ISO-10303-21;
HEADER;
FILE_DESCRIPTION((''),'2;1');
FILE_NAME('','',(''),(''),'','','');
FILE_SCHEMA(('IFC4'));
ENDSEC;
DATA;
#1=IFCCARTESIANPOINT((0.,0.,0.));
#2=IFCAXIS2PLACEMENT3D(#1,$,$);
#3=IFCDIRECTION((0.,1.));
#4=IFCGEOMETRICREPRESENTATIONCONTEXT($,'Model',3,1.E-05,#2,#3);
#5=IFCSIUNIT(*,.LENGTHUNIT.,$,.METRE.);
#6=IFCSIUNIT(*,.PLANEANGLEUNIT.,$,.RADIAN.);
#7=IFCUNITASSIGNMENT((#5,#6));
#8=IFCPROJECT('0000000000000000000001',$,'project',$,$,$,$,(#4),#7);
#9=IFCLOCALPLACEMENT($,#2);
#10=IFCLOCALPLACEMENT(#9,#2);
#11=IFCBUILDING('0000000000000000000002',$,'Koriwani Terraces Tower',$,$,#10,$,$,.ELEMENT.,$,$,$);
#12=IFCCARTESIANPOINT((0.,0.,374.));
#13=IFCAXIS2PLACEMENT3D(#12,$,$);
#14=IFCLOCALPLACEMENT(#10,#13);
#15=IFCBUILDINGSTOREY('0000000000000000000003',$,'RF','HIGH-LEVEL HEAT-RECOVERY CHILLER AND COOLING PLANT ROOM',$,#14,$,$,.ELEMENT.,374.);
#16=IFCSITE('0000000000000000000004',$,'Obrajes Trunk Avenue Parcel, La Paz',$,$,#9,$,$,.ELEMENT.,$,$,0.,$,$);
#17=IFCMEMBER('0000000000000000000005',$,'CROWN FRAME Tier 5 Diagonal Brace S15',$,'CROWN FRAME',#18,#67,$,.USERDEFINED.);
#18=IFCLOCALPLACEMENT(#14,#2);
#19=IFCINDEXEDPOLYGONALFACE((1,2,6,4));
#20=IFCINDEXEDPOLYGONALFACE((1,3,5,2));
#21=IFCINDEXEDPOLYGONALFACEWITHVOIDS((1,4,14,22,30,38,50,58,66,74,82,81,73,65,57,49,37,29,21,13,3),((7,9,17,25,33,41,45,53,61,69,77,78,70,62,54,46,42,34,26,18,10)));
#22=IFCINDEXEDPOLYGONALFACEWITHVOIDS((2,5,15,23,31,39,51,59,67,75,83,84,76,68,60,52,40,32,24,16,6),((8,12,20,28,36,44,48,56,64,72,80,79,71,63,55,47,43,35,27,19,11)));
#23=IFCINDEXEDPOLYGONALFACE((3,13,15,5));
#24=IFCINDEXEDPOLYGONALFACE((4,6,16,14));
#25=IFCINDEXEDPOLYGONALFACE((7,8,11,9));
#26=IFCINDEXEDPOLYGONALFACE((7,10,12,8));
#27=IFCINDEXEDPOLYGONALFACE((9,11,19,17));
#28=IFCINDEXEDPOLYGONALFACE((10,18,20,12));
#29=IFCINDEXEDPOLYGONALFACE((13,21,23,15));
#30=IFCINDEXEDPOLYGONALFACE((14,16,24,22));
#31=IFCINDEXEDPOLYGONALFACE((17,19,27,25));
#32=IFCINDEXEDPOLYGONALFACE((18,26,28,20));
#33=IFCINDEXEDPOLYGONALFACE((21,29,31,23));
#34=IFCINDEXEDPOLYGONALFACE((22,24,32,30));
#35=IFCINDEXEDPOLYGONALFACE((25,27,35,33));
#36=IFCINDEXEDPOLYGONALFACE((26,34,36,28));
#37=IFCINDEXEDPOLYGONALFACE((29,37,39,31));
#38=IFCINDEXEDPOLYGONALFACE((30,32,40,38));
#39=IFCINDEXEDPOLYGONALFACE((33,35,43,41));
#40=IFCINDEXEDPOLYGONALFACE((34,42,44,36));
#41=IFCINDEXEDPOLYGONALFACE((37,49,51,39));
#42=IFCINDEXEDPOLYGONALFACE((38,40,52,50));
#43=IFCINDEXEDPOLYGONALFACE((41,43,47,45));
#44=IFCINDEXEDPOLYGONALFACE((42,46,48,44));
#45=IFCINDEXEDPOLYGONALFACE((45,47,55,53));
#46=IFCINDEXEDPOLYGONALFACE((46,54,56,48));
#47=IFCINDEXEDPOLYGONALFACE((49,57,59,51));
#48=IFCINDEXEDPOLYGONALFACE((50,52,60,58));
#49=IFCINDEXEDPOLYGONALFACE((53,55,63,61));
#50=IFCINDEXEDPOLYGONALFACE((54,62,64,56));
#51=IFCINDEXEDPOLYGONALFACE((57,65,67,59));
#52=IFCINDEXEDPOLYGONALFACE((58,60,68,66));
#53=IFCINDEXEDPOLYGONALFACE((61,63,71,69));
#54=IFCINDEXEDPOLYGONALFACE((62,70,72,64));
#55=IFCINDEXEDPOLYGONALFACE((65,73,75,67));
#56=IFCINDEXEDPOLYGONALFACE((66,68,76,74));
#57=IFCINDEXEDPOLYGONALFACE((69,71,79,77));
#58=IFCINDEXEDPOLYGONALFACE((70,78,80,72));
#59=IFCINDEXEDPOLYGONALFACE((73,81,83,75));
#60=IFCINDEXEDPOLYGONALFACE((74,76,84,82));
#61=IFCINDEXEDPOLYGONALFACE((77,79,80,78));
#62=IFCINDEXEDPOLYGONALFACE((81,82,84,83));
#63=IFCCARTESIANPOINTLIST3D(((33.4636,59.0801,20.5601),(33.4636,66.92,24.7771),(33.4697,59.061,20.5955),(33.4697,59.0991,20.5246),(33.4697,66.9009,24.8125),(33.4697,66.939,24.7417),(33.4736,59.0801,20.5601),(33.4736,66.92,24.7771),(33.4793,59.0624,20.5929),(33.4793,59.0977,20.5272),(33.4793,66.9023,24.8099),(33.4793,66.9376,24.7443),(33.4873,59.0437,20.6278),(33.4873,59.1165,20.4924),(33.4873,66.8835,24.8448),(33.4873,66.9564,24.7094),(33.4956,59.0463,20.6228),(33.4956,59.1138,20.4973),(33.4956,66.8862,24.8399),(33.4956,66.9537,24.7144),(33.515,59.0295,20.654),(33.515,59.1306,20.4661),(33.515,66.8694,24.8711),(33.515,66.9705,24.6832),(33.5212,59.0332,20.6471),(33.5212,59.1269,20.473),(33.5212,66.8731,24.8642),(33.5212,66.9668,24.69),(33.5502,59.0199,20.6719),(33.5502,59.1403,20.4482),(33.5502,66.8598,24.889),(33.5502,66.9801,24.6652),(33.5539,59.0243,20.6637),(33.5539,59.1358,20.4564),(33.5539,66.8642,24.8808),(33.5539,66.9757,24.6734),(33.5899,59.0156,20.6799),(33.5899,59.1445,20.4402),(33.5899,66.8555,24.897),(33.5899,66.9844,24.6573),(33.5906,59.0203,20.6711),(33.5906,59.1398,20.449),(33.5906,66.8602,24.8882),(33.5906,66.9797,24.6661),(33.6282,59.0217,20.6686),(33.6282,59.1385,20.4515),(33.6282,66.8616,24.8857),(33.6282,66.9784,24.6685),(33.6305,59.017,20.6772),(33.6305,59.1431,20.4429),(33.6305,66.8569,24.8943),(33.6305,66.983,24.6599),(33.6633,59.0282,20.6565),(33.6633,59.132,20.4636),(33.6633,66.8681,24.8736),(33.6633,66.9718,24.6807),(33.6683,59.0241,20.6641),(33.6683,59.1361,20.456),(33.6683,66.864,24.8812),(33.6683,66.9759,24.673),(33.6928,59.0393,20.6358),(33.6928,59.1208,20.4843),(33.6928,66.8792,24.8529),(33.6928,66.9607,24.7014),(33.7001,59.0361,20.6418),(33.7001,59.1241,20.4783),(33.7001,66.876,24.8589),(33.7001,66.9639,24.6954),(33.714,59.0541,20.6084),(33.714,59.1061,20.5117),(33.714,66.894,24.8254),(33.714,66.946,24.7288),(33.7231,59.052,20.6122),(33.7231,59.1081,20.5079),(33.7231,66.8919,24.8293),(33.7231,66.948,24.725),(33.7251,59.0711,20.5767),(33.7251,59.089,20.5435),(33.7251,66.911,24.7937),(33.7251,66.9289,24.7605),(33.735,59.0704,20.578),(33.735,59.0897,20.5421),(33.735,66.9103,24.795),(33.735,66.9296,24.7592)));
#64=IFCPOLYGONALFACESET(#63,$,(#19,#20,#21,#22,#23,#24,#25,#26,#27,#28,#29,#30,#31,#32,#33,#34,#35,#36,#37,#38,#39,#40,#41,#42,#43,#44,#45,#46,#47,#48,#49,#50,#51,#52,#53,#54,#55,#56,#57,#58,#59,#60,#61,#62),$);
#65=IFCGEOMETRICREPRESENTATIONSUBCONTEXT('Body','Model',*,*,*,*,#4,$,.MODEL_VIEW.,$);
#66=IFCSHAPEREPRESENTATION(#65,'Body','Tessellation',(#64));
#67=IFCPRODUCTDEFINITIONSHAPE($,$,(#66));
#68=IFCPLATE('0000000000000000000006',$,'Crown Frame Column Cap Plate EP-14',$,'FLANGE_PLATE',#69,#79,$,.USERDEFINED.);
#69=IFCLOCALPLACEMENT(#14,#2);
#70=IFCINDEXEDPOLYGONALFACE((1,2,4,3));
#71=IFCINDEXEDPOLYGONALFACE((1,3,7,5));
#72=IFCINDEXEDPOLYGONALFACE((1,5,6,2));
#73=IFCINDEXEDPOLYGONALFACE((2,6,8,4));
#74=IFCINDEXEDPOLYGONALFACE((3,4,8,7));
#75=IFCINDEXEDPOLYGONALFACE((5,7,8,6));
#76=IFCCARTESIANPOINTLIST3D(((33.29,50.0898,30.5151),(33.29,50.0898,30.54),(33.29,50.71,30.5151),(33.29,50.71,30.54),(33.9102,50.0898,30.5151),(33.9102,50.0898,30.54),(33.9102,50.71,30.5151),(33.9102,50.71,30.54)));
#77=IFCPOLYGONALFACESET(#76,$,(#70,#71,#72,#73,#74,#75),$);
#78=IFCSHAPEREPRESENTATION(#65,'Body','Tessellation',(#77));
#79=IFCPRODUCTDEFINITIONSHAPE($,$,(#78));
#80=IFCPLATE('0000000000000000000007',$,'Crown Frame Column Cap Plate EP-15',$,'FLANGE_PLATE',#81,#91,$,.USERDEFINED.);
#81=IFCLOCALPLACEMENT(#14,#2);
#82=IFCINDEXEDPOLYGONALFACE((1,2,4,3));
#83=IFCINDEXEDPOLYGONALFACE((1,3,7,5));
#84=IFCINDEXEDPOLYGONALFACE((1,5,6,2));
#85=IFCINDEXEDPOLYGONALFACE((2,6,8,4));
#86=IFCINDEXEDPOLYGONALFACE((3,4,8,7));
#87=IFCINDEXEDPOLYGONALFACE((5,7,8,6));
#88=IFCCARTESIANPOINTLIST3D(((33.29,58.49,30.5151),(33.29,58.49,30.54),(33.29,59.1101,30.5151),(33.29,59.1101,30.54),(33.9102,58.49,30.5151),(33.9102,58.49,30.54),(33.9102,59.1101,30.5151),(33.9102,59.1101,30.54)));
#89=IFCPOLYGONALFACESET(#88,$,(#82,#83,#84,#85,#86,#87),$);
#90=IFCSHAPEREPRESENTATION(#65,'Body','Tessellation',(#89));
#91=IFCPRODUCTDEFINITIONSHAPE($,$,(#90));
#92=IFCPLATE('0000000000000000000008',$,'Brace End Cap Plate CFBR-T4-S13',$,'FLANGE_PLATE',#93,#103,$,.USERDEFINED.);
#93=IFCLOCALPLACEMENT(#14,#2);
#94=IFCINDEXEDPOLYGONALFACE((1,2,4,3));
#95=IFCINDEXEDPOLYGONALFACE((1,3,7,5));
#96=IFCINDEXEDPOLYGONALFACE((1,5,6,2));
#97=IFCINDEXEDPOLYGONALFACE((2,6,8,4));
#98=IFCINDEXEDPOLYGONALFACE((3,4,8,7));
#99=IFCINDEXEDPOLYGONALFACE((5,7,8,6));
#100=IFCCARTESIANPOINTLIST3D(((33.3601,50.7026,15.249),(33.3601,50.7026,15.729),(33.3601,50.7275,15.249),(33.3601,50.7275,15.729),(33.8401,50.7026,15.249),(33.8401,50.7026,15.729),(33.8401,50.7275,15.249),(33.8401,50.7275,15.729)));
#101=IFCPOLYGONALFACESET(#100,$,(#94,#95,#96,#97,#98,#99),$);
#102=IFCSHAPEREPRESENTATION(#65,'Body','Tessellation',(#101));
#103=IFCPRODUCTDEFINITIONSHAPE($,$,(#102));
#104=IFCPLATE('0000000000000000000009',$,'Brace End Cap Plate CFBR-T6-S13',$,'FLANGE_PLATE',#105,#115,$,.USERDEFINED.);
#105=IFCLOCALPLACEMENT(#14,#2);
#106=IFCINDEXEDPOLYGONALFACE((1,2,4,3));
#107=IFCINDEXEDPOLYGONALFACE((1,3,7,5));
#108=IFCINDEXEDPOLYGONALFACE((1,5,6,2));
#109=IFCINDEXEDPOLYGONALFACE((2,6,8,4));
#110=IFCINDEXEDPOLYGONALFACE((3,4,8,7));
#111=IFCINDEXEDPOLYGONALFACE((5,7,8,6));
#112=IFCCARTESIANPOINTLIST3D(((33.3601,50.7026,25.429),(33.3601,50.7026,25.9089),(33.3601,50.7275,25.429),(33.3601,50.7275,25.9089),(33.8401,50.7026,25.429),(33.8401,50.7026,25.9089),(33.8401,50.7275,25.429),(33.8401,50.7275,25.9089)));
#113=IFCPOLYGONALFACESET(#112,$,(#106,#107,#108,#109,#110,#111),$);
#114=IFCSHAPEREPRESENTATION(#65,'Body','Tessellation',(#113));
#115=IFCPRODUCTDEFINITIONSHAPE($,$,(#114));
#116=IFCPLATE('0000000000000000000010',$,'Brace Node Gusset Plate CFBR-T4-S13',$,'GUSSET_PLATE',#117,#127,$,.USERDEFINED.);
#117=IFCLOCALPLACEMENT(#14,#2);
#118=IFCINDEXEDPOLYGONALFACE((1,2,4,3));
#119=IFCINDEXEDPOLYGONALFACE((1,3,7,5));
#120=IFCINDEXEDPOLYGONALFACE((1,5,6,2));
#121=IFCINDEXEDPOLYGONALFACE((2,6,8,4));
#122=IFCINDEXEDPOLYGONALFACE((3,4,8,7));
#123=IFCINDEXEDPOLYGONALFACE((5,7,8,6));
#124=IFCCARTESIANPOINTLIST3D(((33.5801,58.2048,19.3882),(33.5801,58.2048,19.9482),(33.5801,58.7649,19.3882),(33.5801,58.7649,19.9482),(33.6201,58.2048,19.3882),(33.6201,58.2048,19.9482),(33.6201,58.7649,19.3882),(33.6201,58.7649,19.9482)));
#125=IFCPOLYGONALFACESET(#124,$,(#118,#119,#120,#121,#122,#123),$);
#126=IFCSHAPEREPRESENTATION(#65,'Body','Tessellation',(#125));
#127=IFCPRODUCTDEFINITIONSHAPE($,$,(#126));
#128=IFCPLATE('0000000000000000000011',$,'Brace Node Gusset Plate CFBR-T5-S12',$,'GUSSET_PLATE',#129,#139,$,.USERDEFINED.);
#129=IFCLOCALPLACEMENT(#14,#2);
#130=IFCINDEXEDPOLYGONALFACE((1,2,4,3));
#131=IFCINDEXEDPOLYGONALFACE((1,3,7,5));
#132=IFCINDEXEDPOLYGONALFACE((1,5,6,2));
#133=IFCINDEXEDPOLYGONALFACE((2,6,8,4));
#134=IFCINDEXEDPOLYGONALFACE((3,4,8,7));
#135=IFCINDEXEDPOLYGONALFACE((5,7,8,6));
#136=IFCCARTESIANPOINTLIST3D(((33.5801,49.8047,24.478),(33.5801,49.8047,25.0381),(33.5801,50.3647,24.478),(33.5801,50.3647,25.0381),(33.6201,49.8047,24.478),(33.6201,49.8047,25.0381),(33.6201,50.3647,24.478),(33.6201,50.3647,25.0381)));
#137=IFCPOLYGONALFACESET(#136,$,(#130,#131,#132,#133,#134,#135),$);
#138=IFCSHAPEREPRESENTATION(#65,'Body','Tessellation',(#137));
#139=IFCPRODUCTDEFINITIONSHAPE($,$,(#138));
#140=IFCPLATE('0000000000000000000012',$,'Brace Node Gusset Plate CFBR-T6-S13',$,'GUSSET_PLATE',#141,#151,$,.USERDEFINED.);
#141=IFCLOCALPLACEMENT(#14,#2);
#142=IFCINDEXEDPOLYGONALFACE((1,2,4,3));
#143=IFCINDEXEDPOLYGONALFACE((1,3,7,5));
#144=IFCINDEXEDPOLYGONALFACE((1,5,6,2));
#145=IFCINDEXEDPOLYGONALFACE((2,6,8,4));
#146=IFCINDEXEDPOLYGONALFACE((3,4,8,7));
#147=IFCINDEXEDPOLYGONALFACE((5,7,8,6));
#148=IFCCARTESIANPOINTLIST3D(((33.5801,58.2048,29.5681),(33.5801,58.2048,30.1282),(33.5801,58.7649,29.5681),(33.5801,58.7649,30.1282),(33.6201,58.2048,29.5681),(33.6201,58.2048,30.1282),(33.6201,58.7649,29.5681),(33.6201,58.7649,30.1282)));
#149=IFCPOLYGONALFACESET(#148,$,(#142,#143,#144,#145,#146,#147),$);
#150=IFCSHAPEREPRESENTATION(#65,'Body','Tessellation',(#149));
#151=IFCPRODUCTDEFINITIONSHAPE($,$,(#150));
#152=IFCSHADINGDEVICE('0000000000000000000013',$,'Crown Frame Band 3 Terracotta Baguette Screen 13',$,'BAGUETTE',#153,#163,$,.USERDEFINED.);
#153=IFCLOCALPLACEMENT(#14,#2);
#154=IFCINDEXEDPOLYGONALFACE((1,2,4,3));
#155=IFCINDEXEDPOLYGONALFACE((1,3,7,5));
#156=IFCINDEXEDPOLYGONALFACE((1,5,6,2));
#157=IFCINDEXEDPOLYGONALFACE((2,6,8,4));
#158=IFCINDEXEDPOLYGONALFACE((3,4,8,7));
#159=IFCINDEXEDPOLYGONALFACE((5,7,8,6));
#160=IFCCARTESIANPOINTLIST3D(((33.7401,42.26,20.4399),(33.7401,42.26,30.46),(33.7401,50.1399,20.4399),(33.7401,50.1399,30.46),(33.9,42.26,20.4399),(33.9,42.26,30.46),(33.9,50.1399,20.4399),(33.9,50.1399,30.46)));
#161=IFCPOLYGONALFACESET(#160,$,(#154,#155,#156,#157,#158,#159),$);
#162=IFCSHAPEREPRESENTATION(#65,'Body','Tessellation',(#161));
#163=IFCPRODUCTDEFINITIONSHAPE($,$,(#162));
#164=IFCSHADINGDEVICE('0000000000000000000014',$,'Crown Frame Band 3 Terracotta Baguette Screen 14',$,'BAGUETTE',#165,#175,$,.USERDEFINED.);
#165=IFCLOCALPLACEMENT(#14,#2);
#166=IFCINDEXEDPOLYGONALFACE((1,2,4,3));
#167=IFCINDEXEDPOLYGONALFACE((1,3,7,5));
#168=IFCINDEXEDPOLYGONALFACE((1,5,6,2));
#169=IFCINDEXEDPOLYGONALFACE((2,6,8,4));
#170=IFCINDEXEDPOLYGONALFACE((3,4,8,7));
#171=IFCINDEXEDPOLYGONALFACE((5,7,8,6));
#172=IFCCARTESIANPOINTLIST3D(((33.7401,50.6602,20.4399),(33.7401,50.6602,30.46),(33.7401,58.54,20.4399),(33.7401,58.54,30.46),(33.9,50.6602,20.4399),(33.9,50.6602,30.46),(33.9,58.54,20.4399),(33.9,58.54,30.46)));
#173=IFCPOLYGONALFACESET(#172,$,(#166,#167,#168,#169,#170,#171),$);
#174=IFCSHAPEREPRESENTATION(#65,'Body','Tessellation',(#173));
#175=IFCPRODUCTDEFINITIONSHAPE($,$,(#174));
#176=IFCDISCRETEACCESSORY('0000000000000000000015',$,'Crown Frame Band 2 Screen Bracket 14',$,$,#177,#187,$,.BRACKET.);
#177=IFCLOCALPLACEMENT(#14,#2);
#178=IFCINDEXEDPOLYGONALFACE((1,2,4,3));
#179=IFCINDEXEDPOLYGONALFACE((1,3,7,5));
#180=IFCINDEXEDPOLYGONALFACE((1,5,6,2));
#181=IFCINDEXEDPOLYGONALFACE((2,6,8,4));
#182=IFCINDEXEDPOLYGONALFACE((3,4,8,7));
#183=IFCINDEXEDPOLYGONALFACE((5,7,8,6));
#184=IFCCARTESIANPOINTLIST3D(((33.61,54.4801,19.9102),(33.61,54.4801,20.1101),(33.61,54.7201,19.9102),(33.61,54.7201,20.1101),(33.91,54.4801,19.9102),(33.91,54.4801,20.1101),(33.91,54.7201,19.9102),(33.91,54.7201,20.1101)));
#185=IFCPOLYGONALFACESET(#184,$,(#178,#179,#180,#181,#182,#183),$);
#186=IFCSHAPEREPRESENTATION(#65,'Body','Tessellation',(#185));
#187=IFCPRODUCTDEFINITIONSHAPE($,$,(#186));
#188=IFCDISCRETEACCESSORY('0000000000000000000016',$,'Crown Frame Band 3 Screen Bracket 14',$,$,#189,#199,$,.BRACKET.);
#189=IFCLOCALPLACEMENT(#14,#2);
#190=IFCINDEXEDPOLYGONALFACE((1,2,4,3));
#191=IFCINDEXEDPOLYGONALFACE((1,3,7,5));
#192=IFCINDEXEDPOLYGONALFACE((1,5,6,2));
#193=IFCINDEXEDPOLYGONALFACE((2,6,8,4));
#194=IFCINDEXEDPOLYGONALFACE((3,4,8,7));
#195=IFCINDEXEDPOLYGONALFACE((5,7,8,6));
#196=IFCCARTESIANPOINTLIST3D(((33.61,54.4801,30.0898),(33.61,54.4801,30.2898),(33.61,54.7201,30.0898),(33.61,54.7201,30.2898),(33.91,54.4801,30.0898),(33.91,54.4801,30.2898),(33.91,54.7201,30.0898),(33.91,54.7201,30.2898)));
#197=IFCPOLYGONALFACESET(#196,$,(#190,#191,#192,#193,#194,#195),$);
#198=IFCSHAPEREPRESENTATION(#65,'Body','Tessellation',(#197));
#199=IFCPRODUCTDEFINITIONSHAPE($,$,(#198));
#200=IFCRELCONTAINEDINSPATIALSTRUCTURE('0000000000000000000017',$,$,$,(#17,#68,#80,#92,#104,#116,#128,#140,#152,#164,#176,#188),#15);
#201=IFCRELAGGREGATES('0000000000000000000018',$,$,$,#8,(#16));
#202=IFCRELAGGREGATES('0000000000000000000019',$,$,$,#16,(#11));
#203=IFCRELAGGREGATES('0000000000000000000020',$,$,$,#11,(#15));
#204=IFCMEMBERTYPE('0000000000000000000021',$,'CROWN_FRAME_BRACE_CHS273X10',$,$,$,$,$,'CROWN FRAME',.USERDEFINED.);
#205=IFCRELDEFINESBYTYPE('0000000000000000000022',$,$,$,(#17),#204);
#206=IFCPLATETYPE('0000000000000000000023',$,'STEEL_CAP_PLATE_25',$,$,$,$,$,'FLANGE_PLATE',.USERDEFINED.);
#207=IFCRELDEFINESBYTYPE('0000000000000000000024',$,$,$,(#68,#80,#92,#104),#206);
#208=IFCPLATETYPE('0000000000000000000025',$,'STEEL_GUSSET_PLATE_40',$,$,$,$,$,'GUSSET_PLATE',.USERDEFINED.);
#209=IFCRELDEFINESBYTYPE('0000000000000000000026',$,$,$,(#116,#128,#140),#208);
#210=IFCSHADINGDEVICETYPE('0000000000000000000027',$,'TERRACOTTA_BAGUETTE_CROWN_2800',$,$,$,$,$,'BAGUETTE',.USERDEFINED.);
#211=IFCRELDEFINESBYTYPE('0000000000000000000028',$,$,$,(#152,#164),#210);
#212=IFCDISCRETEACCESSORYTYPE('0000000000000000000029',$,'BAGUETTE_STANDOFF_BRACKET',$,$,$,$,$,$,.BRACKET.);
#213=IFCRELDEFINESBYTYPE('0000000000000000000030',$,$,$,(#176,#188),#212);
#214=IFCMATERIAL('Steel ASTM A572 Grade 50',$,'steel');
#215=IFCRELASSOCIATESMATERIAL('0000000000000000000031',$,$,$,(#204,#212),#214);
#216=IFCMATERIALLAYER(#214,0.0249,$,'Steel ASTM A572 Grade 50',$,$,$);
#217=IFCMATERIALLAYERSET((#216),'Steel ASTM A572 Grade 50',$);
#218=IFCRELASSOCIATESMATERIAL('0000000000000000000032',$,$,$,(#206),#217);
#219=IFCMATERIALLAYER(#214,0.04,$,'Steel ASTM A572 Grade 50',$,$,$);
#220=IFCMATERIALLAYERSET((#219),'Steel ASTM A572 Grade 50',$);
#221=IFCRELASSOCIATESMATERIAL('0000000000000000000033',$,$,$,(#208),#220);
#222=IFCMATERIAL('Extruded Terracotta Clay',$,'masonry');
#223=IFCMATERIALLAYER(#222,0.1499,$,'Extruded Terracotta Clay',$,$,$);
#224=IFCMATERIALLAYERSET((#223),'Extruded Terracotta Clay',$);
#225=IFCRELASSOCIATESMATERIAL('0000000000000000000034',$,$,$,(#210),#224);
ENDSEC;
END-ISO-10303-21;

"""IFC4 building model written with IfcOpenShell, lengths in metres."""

from ifc_helpers import new_model, si_unit, direction, frame, origin, origin_2d, place, context, subcontext, project, spatial, rectangle, hollow_circle, extrude, material, layer, layer_set, material_profile, profile_set, type_object, element, save


model = new_model("IFC4")

# Units and contexts
model_context = context("Model", 3, precision=1e-05, world=origin(), true_north=direction((0.0, 1.0)))
body_context = subcontext(model_context, "Body", "Model", "MODEL_VIEW")
ifc_project = project(units=[si_unit("LENGTHUNIT", "METRE"), si_unit("PLANEANGLEUNIT", "RADIAN")], contexts=[model_context])

# Site, building, storey
site_placement = place(None, origin())
site = spatial("IfcSite", under=ifc_project, at=site_placement, Name="Obrajes Trunk Avenue Parcel, La Paz", CompositionType="ELEMENT", RefElevation=0.0)
building_placement = place(site_placement, origin())
building = spatial("IfcBuilding", under=site, at=building_placement, Name="Koriwani Terraces Tower", CompositionType="ELEMENT")
storey_placement = place(building_placement, frame((0.0, 0.0, 374.0)))
storey = spatial("IfcBuildingStorey", under=building, at=storey_placement, Name="RF", Description="HIGH-LEVEL HEAT-RECOVERY CHILLER AND COOLING PLANT ROOM", CompositionType="ELEMENT", Elevation=374.0)

# Shared definitions
ifc_material_1 = material(Name="Steel ASTM A572 Grade 50", Category="steel")

# Member
ifc_material_profile_1 = material_profile(ifc_material_1, hollow_circle(Radius=0.1365, WallThickness=0.01, at=origin_2d()), Name="Steel ASTM A572 Grade 50", Category="LoadBearing")
ifc_profile_set_1 = profile_set([ifc_material_profile_1], Name="Steel ASTM A572 Grade 50")
member_type_1 = type_object("IfcMemberType", Name="CROWN_FRAME_BRACE_CHS273X10", ElementType="CROWN FRAME", PredefinedType="USERDEFINED", material=ifc_profile_set_1)
member_placement = place(storey_placement, frame((33.6001, 59.0801, 20.5601), z_axis=(0.0, 0.880678, 0.473715), x_axis=(-1.0, 0.0, 0.0)))
element("IfcMember", 1, at=member_placement, inside=storey, type_object=member_type_1, Name="CROWN FRAME Tier 5 Diagonal Brace S15", ObjectType="CROWN FRAME", PredefinedType="USERDEFINED", context=body_context, shape_type="SweptSolid", body=[
    extrude(hollow_circle(Radius=0.1365, WallThickness=0.01, at=origin_2d()), origin(), (0.0, 0.0, 1.0), 8.9021),
])

# Plates
ifc_layer_1 = layer(ifc_material_1, 0.0249, Name="Steel ASTM A572 Grade 50")
ifc_layer_set_1 = layer_set([ifc_layer_1], Name="Steel ASTM A572 Grade 50")
plate_type_1 = type_object("IfcPlateType", Name="STEEL_CAP_PLATE_25", ElementType="FLANGE_PLATE", PredefinedType="USERDEFINED", material=ifc_layer_set_1)
for number, where, z_axis, x_axis, name in (
    (2, (33.6001, 50.3999, 30.5151), (0.0, 0.0, 1.0), (1.0, 0.0, 0.0), "Crown Frame Column Cap Plate EP-14"),
    (3, (33.6001, 58.8, 30.5151), (0.0, 0.0, 1.0), (1.0, 0.0, 0.0), "Crown Frame Column Cap Plate EP-15"),
):
    element("IfcPlate", number, at=place(storey_placement, frame(where, z_axis=z_axis, x_axis=x_axis)), inside=storey, type_object=plate_type_1, Name=name, ObjectType="FLANGE_PLATE", PredefinedType="USERDEFINED", context=body_context, shape_type="SweptSolid", body=[
        extrude(rectangle(XDim=0.6201, YDim=0.6201, at=origin_2d()), origin(), (0.0, 0.0, 1.0), 0.0249),
    ])
for number, where, z_axis, x_axis, name in (
    (4, (33.6001, 50.7151, 15.249), (0.0, 0.0, 1.0), (0.0, 1.0, 0.0), "Brace End Cap Plate CFBR-T4-S13"),
    (5, (33.6001, 50.7151, 25.429), (0.0, 0.0, 1.0), (0.0, 1.0, 0.0), "Brace End Cap Plate CFBR-T6-S13"),
):
    element("IfcPlate", number, at=place(storey_placement, frame(where, z_axis=z_axis, x_axis=x_axis)), inside=storey, type_object=plate_type_1, Name=name, ObjectType="FLANGE_PLATE", PredefinedType="USERDEFINED", context=body_context, shape_type="SweptSolid", body=[
        extrude(rectangle(XDim=0.0249, YDim=0.48, at=origin_2d()), origin(), (0.0, 0.0, 1.0), 0.48),
    ])
ifc_layer_2 = layer(ifc_material_1, 0.04, Name="Steel ASTM A572 Grade 50")
ifc_layer_set_2 = layer_set([ifc_layer_2], Name="Steel ASTM A572 Grade 50")
plate_type_2 = type_object("IfcPlateType", Name="STEEL_GUSSET_PLATE_40", ElementType="GUSSET_PLATE", PredefinedType="USERDEFINED", material=ifc_layer_set_2)
for number, where, z_axis, x_axis, name in (
    (6, (33.6001, 58.4849, 19.3882), (0.0, 0.0, 1.0), (0.0, 1.0, 0.0), "Brace Node Gusset Plate CFBR-T4-S13"),
    (7, (33.6001, 50.0847, 24.478), (0.0, 0.0, 1.0), (0.0, 1.0, 0.0), "Brace Node Gusset Plate CFBR-T5-S12"),
    (8, (33.6001, 58.4849, 29.5681), (0.0, 0.0, 1.0), (0.0, 1.0, 0.0), "Brace Node Gusset Plate CFBR-T6-S13"),
):
    element("IfcPlate", number, at=place(storey_placement, frame(where, z_axis=z_axis, x_axis=x_axis)), inside=storey, type_object=plate_type_2, Name=name, ObjectType="GUSSET_PLATE", PredefinedType="USERDEFINED", context=body_context, shape_type="SweptSolid", body=[
        extrude(rectangle(XDim=0.5601, YDim=0.04, at=origin_2d()), origin(), (0.0, 0.0, 1.0), 0.5601),
    ])

# Shading devices
ifc_material_2 = material(Name="Extruded Terracotta Clay", Category="masonry")
ifc_layer_3 = layer(ifc_material_2, 0.1499, Name="Extruded Terracotta Clay")
ifc_layer_set_3 = layer_set([ifc_layer_3], Name="Extruded Terracotta Clay")
shading_device_type = type_object("IfcShadingDeviceType", Name="TERRACOTTA_BAGUETTE_CROWN_2800", ElementType="BAGUETTE", PredefinedType="USERDEFINED", material=ifc_layer_set_3)
for number, where, z_axis, x_axis, name in (
    (9, (33.8201, 46.2, 20.4399), (0.0, 0.0, 1.0), (0.0, 1.0, 0.0), "Crown Frame Band 3 Terracotta Baguette Screen 13"),
    (10, (33.8201, 54.6001, 20.4399), (0.0, 0.0, 1.0), (0.0, 1.0, 0.0), "Crown Frame Band 3 Terracotta Baguette Screen 14"),
):
    element("IfcShadingDevice", number, at=place(storey_placement, frame(where, z_axis=z_axis, x_axis=x_axis)), inside=storey, type_object=shading_device_type, Name=name, ObjectType="BAGUETTE", PredefinedType="USERDEFINED", context=body_context, shape_type="SweptSolid", body=[
        extrude(rectangle(XDim=7.8799, YDim=0.1599, at=origin_2d()), origin(), (0.0, 0.0, 1.0), 10.02),
    ])

# Discrete accessories
discrete_accessory_type = type_object("IfcDiscreteAccessoryType", Name="BAGUETTE_STANDOFF_BRACKET", PredefinedType="BRACKET", material=ifc_material_1)
for number, where, z_axis, x_axis, name in (
    (11, (33.76, 54.6001, 19.9102), (0.0, 0.0, 1.0), (0.0, 1.0, 0.0), "Crown Frame Band 2 Screen Bracket 14"),
    (12, (33.76, 54.6001, 30.0898), (0.0, 0.0, 1.0), (0.0, 1.0, 0.0), "Crown Frame Band 3 Screen Bracket 14"),
):
    element("IfcDiscreteAccessory", number, at=place(storey_placement, frame(where, z_axis=z_axis, x_axis=x_axis)), inside=storey, type_object=discrete_accessory_type, Name=name, PredefinedType="BRACKET", context=body_context, shape_type="SweptSolid", body=[
        extrude(rectangle(XDim=0.24, YDim=0.3, at=origin_2d()), origin(), (0.0, 0.0, 1.0), 0.2),
    ])

save(model, "model.ifc")
